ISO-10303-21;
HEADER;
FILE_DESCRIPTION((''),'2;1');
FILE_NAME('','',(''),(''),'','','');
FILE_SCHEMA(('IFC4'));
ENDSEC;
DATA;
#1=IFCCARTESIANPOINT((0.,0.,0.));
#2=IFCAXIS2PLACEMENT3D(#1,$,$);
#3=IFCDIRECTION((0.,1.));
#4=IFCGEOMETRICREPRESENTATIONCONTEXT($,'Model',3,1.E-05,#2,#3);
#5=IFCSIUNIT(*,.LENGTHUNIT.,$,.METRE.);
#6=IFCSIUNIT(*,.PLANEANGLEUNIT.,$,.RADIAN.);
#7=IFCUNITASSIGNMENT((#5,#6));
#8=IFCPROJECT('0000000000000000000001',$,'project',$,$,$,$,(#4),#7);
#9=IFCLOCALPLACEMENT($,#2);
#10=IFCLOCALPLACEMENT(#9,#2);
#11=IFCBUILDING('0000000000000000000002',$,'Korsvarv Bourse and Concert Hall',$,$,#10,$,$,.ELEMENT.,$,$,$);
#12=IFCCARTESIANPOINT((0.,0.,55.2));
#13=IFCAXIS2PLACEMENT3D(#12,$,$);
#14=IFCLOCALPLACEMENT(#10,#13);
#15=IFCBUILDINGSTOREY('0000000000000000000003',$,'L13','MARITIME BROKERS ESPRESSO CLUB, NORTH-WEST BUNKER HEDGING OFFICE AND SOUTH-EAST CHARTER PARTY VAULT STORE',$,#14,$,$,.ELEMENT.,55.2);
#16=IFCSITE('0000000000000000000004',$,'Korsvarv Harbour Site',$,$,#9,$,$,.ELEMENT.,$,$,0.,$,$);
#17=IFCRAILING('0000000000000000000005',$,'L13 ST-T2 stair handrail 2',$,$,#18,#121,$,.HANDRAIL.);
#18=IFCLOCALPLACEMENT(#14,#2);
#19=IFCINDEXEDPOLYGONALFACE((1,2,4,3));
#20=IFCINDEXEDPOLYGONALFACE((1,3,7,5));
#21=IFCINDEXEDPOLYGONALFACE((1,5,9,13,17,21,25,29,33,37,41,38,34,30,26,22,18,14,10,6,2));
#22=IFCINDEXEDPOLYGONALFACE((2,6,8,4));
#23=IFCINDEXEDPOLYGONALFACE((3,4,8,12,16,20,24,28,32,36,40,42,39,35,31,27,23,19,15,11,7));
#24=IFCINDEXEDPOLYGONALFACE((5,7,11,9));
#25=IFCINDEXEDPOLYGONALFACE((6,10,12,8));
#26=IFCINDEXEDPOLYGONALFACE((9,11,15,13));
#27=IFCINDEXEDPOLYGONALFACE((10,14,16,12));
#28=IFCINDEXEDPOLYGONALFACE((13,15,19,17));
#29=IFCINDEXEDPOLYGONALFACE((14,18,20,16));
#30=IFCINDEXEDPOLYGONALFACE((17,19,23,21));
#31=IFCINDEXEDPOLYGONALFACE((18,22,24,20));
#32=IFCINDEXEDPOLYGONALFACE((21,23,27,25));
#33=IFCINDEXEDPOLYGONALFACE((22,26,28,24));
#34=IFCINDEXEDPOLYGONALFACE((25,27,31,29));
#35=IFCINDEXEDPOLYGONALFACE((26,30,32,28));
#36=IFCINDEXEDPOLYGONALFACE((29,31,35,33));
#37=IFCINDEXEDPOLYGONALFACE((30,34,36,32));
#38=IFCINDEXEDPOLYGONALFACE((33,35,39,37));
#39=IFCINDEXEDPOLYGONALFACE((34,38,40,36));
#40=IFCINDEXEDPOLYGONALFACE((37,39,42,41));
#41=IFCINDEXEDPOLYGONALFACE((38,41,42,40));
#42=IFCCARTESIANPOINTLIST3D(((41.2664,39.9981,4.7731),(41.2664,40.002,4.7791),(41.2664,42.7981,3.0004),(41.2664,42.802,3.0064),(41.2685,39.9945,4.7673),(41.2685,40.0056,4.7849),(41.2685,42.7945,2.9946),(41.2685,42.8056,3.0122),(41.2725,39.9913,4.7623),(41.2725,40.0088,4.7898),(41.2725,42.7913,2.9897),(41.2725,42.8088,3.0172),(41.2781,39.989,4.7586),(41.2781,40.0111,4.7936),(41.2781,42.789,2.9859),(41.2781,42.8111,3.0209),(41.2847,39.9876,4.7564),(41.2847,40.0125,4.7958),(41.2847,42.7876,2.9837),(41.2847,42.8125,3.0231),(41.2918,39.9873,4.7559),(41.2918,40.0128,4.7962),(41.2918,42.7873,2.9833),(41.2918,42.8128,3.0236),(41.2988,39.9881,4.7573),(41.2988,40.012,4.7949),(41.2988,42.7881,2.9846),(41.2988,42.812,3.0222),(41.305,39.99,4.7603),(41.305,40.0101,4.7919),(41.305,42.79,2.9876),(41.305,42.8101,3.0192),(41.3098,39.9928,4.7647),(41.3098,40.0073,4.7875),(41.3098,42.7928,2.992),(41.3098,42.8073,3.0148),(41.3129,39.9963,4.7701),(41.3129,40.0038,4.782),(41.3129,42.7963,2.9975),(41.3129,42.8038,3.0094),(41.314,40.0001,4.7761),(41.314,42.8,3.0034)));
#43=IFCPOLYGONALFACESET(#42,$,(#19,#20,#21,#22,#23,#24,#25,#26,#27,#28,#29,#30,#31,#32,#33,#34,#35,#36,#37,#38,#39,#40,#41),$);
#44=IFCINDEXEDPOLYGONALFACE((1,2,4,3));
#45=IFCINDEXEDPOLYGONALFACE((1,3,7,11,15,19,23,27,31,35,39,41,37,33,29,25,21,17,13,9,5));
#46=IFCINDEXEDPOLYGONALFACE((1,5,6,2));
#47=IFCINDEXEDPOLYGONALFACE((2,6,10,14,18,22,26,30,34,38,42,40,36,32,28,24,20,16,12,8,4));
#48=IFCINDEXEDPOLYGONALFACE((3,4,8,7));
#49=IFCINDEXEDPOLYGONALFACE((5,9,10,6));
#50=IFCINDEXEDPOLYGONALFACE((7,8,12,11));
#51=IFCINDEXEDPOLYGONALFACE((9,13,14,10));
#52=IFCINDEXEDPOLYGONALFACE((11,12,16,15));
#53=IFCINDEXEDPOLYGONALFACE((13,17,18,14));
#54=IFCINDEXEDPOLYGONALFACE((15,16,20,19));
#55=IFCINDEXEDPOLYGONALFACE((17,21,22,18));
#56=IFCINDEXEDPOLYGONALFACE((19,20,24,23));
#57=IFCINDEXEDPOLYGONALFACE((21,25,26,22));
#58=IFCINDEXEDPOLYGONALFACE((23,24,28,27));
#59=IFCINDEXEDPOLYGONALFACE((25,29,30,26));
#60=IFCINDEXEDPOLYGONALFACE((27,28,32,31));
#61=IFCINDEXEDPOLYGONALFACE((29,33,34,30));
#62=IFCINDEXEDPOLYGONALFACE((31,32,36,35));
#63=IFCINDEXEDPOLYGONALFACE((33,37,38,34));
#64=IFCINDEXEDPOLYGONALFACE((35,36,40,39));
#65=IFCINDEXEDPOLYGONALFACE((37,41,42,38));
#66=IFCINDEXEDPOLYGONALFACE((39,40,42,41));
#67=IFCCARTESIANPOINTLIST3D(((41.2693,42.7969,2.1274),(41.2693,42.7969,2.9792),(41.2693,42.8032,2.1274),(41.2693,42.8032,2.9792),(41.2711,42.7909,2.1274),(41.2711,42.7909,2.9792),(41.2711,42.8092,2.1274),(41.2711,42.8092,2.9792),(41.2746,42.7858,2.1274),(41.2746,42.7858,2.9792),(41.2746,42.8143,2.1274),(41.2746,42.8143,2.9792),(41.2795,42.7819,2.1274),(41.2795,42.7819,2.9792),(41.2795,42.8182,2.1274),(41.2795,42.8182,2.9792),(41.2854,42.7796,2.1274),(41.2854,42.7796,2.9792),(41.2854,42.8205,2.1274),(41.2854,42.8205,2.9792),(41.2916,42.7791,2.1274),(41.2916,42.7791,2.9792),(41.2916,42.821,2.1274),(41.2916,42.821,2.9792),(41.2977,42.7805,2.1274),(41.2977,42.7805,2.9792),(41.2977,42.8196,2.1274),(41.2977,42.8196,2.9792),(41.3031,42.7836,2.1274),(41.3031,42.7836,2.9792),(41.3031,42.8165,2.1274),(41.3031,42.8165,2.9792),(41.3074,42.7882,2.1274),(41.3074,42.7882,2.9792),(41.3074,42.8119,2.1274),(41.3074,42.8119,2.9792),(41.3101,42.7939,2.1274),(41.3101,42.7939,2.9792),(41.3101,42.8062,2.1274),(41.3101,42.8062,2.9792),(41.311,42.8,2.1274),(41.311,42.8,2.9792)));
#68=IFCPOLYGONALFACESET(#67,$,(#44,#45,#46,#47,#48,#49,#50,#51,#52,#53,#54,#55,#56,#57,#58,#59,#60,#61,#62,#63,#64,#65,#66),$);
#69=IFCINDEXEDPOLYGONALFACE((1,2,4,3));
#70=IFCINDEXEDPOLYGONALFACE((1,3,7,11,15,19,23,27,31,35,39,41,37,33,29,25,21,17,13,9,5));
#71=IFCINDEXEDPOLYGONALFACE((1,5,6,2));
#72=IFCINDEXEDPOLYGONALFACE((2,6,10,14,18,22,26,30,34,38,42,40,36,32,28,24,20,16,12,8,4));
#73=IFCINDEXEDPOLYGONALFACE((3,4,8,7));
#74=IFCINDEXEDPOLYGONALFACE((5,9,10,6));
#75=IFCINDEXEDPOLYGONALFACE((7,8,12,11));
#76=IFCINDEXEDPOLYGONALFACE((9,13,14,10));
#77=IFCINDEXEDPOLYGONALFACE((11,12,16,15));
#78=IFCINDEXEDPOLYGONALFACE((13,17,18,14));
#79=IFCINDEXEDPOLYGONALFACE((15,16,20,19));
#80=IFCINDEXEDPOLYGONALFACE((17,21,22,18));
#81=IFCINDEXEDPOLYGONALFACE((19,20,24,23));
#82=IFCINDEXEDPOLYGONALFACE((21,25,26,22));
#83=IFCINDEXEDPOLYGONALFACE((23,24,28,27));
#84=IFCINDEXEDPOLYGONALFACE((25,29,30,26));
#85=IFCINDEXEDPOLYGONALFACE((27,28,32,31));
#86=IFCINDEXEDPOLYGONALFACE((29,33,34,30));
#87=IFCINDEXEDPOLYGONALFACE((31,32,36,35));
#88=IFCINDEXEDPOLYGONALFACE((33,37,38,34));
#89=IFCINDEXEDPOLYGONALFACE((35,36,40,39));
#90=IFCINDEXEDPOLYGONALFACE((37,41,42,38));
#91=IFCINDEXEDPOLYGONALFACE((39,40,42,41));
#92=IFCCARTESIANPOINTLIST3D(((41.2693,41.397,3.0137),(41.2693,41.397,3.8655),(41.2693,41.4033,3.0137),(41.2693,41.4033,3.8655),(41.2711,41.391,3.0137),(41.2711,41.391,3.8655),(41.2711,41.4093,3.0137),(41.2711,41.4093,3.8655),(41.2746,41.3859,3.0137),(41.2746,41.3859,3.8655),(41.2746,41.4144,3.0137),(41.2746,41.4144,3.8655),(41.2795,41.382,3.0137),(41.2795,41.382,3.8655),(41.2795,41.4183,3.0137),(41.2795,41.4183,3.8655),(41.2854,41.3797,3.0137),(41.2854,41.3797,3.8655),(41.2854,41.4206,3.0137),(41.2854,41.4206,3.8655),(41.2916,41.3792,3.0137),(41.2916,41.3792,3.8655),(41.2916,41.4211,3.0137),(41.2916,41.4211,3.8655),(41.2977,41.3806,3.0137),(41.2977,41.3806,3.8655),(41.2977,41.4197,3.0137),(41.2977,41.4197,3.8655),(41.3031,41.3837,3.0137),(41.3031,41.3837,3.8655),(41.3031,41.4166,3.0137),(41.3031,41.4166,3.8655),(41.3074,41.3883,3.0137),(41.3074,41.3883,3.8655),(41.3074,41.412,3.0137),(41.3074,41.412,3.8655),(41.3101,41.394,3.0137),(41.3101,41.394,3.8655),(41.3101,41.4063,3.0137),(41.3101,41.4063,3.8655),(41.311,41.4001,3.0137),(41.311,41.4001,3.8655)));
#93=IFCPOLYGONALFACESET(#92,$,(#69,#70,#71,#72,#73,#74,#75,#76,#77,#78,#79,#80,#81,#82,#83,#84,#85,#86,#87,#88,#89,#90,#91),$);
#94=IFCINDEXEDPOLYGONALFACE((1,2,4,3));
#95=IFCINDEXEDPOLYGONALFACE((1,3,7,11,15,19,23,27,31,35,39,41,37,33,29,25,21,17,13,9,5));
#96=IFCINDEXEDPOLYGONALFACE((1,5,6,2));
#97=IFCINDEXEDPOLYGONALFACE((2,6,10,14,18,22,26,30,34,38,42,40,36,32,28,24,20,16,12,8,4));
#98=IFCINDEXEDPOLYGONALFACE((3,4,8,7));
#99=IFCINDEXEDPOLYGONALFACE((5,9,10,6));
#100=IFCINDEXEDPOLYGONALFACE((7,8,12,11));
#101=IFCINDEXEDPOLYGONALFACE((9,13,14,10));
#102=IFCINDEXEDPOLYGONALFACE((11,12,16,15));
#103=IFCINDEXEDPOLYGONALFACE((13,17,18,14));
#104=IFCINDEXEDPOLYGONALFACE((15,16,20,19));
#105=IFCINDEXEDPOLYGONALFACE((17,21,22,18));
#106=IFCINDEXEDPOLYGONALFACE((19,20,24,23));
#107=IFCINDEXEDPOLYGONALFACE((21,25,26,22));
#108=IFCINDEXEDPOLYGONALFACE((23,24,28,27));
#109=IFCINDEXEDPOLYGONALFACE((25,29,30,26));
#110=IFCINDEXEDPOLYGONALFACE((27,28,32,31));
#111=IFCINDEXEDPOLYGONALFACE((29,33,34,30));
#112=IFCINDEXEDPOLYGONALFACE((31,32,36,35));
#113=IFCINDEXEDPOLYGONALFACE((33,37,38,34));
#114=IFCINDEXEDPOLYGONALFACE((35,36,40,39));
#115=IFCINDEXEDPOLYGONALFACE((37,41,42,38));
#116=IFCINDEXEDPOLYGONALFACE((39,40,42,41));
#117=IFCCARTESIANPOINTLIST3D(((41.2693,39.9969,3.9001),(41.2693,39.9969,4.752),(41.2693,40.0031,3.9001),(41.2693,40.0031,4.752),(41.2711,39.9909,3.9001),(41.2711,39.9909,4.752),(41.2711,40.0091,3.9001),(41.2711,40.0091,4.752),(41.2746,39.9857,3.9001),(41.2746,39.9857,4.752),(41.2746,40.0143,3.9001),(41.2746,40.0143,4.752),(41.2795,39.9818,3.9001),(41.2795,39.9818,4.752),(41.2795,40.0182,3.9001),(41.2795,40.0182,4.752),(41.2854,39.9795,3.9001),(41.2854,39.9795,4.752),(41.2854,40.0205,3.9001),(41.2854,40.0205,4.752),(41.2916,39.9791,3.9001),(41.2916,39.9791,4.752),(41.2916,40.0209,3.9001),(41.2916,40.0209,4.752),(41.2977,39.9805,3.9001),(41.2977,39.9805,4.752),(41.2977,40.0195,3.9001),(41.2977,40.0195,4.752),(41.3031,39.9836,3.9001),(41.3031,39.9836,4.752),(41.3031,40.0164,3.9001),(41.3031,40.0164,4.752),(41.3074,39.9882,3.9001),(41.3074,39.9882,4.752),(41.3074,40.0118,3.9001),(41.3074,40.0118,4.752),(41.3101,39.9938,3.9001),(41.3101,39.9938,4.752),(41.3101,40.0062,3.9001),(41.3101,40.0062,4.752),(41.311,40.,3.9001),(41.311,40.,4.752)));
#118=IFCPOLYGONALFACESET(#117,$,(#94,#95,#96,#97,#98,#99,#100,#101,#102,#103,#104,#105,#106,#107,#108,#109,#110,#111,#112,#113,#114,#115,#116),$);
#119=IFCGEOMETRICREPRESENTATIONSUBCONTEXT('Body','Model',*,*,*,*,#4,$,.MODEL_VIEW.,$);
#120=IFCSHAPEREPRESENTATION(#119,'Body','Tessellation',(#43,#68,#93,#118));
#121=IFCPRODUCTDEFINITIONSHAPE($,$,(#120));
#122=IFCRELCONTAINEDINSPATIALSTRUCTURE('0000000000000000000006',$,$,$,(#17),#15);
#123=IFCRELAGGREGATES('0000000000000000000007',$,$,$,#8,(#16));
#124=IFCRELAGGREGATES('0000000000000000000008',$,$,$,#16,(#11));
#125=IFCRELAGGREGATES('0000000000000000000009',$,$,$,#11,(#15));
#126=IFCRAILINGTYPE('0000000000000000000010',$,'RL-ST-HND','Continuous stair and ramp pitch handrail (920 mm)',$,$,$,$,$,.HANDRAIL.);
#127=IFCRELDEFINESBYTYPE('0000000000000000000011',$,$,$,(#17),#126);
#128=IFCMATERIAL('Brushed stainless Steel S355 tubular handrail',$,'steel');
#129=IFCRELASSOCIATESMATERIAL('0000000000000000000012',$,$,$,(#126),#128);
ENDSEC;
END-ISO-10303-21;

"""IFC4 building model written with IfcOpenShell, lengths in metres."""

from ifc_helpers import new_model, si_unit, direction, frame, origin, origin_2d, place, context, subcontext, project, spatial, circle, extrude, material, type_object, element, save


model = new_model("IFC4")

# Units and contexts
model_context = context("Model", 3, precision=1e-05, world=origin(), true_north=direction((0.0, 1.0)))
body_context = subcontext(model_context, "Body", "Model", "MODEL_VIEW")
ifc_project = project(units=[si_unit("LENGTHUNIT", "METRE"), si_unit("PLANEANGLEUNIT", "RADIAN")], contexts=[model_context])

# Site, building, storey
site_placement = place(None, origin())
site = spatial("IfcSite", under=ifc_project, at=site_placement, Name="Korsvarv Harbour Site", CompositionType="ELEMENT", RefElevation=0.0)
building_placement = place(site_placement, origin())
building = spatial("IfcBuilding", under=site, at=building_placement, Name="Korsvarv Bourse and Concert Hall", CompositionType="ELEMENT")
storey_placement = place(building_placement, frame((0.0, 0.0, 55.2)))
storey = spatial("IfcBuildingStorey", under=building, at=storey_placement, Name="L13", Description="MARITIME BROKERS ESPRESSO CLUB, NORTH-WEST BUNKER HEDGING OFFICE AND SOUTH-EAST CHARTER PARTY VAULT STORE", CompositionType="ELEMENT", Elevation=55.2)

# Railing
ifc_material_1 = material(Name="Brushed stainless Steel S355 tubular handrail", Category="steel")
railing_type = type_object("IfcRailingType", Name="RL-ST-HND", Description="Continuous stair and ramp pitch handrail (920 mm)", PredefinedType="HANDRAIL", material=ifc_material_1)
railing_placement = place(storey_placement, frame((41.29, 42.8, 2.1274)))
element("IfcRailing", 1, at=railing_placement, inside=storey, type_object=railing_type, Name="L13 ST-T2 stair handrail 2", PredefinedType="HANDRAIL", context=body_context, shape_type="SweptSolid", body=[
    extrude(circle(Radius=0.0239, at=origin_2d()), frame((0.0, 0.0, 0.876), z_axis=(0.0, -0.844909, 0.53491), x_axis=(1.0, 0.0, 0.0)), (0.0, 0.0, 1.0), 3.314),
    extrude(circle(Radius=0.021, at=origin_2d()), origin(), (0.0, 0.0, 1.0), 0.8518),
    extrude(circle(Radius=0.021, at=origin_2d()), frame((0.0, -1.3999, 0.8862)), (0.0, 0.0, 1.0), 0.8518),
    extrude(circle(Radius=0.021, at=origin_2d()), frame((0.0, -2.8, 1.7727)), (0.0, 0.0, 1.0), 0.8518),
])

save(model, "model.ifc")
